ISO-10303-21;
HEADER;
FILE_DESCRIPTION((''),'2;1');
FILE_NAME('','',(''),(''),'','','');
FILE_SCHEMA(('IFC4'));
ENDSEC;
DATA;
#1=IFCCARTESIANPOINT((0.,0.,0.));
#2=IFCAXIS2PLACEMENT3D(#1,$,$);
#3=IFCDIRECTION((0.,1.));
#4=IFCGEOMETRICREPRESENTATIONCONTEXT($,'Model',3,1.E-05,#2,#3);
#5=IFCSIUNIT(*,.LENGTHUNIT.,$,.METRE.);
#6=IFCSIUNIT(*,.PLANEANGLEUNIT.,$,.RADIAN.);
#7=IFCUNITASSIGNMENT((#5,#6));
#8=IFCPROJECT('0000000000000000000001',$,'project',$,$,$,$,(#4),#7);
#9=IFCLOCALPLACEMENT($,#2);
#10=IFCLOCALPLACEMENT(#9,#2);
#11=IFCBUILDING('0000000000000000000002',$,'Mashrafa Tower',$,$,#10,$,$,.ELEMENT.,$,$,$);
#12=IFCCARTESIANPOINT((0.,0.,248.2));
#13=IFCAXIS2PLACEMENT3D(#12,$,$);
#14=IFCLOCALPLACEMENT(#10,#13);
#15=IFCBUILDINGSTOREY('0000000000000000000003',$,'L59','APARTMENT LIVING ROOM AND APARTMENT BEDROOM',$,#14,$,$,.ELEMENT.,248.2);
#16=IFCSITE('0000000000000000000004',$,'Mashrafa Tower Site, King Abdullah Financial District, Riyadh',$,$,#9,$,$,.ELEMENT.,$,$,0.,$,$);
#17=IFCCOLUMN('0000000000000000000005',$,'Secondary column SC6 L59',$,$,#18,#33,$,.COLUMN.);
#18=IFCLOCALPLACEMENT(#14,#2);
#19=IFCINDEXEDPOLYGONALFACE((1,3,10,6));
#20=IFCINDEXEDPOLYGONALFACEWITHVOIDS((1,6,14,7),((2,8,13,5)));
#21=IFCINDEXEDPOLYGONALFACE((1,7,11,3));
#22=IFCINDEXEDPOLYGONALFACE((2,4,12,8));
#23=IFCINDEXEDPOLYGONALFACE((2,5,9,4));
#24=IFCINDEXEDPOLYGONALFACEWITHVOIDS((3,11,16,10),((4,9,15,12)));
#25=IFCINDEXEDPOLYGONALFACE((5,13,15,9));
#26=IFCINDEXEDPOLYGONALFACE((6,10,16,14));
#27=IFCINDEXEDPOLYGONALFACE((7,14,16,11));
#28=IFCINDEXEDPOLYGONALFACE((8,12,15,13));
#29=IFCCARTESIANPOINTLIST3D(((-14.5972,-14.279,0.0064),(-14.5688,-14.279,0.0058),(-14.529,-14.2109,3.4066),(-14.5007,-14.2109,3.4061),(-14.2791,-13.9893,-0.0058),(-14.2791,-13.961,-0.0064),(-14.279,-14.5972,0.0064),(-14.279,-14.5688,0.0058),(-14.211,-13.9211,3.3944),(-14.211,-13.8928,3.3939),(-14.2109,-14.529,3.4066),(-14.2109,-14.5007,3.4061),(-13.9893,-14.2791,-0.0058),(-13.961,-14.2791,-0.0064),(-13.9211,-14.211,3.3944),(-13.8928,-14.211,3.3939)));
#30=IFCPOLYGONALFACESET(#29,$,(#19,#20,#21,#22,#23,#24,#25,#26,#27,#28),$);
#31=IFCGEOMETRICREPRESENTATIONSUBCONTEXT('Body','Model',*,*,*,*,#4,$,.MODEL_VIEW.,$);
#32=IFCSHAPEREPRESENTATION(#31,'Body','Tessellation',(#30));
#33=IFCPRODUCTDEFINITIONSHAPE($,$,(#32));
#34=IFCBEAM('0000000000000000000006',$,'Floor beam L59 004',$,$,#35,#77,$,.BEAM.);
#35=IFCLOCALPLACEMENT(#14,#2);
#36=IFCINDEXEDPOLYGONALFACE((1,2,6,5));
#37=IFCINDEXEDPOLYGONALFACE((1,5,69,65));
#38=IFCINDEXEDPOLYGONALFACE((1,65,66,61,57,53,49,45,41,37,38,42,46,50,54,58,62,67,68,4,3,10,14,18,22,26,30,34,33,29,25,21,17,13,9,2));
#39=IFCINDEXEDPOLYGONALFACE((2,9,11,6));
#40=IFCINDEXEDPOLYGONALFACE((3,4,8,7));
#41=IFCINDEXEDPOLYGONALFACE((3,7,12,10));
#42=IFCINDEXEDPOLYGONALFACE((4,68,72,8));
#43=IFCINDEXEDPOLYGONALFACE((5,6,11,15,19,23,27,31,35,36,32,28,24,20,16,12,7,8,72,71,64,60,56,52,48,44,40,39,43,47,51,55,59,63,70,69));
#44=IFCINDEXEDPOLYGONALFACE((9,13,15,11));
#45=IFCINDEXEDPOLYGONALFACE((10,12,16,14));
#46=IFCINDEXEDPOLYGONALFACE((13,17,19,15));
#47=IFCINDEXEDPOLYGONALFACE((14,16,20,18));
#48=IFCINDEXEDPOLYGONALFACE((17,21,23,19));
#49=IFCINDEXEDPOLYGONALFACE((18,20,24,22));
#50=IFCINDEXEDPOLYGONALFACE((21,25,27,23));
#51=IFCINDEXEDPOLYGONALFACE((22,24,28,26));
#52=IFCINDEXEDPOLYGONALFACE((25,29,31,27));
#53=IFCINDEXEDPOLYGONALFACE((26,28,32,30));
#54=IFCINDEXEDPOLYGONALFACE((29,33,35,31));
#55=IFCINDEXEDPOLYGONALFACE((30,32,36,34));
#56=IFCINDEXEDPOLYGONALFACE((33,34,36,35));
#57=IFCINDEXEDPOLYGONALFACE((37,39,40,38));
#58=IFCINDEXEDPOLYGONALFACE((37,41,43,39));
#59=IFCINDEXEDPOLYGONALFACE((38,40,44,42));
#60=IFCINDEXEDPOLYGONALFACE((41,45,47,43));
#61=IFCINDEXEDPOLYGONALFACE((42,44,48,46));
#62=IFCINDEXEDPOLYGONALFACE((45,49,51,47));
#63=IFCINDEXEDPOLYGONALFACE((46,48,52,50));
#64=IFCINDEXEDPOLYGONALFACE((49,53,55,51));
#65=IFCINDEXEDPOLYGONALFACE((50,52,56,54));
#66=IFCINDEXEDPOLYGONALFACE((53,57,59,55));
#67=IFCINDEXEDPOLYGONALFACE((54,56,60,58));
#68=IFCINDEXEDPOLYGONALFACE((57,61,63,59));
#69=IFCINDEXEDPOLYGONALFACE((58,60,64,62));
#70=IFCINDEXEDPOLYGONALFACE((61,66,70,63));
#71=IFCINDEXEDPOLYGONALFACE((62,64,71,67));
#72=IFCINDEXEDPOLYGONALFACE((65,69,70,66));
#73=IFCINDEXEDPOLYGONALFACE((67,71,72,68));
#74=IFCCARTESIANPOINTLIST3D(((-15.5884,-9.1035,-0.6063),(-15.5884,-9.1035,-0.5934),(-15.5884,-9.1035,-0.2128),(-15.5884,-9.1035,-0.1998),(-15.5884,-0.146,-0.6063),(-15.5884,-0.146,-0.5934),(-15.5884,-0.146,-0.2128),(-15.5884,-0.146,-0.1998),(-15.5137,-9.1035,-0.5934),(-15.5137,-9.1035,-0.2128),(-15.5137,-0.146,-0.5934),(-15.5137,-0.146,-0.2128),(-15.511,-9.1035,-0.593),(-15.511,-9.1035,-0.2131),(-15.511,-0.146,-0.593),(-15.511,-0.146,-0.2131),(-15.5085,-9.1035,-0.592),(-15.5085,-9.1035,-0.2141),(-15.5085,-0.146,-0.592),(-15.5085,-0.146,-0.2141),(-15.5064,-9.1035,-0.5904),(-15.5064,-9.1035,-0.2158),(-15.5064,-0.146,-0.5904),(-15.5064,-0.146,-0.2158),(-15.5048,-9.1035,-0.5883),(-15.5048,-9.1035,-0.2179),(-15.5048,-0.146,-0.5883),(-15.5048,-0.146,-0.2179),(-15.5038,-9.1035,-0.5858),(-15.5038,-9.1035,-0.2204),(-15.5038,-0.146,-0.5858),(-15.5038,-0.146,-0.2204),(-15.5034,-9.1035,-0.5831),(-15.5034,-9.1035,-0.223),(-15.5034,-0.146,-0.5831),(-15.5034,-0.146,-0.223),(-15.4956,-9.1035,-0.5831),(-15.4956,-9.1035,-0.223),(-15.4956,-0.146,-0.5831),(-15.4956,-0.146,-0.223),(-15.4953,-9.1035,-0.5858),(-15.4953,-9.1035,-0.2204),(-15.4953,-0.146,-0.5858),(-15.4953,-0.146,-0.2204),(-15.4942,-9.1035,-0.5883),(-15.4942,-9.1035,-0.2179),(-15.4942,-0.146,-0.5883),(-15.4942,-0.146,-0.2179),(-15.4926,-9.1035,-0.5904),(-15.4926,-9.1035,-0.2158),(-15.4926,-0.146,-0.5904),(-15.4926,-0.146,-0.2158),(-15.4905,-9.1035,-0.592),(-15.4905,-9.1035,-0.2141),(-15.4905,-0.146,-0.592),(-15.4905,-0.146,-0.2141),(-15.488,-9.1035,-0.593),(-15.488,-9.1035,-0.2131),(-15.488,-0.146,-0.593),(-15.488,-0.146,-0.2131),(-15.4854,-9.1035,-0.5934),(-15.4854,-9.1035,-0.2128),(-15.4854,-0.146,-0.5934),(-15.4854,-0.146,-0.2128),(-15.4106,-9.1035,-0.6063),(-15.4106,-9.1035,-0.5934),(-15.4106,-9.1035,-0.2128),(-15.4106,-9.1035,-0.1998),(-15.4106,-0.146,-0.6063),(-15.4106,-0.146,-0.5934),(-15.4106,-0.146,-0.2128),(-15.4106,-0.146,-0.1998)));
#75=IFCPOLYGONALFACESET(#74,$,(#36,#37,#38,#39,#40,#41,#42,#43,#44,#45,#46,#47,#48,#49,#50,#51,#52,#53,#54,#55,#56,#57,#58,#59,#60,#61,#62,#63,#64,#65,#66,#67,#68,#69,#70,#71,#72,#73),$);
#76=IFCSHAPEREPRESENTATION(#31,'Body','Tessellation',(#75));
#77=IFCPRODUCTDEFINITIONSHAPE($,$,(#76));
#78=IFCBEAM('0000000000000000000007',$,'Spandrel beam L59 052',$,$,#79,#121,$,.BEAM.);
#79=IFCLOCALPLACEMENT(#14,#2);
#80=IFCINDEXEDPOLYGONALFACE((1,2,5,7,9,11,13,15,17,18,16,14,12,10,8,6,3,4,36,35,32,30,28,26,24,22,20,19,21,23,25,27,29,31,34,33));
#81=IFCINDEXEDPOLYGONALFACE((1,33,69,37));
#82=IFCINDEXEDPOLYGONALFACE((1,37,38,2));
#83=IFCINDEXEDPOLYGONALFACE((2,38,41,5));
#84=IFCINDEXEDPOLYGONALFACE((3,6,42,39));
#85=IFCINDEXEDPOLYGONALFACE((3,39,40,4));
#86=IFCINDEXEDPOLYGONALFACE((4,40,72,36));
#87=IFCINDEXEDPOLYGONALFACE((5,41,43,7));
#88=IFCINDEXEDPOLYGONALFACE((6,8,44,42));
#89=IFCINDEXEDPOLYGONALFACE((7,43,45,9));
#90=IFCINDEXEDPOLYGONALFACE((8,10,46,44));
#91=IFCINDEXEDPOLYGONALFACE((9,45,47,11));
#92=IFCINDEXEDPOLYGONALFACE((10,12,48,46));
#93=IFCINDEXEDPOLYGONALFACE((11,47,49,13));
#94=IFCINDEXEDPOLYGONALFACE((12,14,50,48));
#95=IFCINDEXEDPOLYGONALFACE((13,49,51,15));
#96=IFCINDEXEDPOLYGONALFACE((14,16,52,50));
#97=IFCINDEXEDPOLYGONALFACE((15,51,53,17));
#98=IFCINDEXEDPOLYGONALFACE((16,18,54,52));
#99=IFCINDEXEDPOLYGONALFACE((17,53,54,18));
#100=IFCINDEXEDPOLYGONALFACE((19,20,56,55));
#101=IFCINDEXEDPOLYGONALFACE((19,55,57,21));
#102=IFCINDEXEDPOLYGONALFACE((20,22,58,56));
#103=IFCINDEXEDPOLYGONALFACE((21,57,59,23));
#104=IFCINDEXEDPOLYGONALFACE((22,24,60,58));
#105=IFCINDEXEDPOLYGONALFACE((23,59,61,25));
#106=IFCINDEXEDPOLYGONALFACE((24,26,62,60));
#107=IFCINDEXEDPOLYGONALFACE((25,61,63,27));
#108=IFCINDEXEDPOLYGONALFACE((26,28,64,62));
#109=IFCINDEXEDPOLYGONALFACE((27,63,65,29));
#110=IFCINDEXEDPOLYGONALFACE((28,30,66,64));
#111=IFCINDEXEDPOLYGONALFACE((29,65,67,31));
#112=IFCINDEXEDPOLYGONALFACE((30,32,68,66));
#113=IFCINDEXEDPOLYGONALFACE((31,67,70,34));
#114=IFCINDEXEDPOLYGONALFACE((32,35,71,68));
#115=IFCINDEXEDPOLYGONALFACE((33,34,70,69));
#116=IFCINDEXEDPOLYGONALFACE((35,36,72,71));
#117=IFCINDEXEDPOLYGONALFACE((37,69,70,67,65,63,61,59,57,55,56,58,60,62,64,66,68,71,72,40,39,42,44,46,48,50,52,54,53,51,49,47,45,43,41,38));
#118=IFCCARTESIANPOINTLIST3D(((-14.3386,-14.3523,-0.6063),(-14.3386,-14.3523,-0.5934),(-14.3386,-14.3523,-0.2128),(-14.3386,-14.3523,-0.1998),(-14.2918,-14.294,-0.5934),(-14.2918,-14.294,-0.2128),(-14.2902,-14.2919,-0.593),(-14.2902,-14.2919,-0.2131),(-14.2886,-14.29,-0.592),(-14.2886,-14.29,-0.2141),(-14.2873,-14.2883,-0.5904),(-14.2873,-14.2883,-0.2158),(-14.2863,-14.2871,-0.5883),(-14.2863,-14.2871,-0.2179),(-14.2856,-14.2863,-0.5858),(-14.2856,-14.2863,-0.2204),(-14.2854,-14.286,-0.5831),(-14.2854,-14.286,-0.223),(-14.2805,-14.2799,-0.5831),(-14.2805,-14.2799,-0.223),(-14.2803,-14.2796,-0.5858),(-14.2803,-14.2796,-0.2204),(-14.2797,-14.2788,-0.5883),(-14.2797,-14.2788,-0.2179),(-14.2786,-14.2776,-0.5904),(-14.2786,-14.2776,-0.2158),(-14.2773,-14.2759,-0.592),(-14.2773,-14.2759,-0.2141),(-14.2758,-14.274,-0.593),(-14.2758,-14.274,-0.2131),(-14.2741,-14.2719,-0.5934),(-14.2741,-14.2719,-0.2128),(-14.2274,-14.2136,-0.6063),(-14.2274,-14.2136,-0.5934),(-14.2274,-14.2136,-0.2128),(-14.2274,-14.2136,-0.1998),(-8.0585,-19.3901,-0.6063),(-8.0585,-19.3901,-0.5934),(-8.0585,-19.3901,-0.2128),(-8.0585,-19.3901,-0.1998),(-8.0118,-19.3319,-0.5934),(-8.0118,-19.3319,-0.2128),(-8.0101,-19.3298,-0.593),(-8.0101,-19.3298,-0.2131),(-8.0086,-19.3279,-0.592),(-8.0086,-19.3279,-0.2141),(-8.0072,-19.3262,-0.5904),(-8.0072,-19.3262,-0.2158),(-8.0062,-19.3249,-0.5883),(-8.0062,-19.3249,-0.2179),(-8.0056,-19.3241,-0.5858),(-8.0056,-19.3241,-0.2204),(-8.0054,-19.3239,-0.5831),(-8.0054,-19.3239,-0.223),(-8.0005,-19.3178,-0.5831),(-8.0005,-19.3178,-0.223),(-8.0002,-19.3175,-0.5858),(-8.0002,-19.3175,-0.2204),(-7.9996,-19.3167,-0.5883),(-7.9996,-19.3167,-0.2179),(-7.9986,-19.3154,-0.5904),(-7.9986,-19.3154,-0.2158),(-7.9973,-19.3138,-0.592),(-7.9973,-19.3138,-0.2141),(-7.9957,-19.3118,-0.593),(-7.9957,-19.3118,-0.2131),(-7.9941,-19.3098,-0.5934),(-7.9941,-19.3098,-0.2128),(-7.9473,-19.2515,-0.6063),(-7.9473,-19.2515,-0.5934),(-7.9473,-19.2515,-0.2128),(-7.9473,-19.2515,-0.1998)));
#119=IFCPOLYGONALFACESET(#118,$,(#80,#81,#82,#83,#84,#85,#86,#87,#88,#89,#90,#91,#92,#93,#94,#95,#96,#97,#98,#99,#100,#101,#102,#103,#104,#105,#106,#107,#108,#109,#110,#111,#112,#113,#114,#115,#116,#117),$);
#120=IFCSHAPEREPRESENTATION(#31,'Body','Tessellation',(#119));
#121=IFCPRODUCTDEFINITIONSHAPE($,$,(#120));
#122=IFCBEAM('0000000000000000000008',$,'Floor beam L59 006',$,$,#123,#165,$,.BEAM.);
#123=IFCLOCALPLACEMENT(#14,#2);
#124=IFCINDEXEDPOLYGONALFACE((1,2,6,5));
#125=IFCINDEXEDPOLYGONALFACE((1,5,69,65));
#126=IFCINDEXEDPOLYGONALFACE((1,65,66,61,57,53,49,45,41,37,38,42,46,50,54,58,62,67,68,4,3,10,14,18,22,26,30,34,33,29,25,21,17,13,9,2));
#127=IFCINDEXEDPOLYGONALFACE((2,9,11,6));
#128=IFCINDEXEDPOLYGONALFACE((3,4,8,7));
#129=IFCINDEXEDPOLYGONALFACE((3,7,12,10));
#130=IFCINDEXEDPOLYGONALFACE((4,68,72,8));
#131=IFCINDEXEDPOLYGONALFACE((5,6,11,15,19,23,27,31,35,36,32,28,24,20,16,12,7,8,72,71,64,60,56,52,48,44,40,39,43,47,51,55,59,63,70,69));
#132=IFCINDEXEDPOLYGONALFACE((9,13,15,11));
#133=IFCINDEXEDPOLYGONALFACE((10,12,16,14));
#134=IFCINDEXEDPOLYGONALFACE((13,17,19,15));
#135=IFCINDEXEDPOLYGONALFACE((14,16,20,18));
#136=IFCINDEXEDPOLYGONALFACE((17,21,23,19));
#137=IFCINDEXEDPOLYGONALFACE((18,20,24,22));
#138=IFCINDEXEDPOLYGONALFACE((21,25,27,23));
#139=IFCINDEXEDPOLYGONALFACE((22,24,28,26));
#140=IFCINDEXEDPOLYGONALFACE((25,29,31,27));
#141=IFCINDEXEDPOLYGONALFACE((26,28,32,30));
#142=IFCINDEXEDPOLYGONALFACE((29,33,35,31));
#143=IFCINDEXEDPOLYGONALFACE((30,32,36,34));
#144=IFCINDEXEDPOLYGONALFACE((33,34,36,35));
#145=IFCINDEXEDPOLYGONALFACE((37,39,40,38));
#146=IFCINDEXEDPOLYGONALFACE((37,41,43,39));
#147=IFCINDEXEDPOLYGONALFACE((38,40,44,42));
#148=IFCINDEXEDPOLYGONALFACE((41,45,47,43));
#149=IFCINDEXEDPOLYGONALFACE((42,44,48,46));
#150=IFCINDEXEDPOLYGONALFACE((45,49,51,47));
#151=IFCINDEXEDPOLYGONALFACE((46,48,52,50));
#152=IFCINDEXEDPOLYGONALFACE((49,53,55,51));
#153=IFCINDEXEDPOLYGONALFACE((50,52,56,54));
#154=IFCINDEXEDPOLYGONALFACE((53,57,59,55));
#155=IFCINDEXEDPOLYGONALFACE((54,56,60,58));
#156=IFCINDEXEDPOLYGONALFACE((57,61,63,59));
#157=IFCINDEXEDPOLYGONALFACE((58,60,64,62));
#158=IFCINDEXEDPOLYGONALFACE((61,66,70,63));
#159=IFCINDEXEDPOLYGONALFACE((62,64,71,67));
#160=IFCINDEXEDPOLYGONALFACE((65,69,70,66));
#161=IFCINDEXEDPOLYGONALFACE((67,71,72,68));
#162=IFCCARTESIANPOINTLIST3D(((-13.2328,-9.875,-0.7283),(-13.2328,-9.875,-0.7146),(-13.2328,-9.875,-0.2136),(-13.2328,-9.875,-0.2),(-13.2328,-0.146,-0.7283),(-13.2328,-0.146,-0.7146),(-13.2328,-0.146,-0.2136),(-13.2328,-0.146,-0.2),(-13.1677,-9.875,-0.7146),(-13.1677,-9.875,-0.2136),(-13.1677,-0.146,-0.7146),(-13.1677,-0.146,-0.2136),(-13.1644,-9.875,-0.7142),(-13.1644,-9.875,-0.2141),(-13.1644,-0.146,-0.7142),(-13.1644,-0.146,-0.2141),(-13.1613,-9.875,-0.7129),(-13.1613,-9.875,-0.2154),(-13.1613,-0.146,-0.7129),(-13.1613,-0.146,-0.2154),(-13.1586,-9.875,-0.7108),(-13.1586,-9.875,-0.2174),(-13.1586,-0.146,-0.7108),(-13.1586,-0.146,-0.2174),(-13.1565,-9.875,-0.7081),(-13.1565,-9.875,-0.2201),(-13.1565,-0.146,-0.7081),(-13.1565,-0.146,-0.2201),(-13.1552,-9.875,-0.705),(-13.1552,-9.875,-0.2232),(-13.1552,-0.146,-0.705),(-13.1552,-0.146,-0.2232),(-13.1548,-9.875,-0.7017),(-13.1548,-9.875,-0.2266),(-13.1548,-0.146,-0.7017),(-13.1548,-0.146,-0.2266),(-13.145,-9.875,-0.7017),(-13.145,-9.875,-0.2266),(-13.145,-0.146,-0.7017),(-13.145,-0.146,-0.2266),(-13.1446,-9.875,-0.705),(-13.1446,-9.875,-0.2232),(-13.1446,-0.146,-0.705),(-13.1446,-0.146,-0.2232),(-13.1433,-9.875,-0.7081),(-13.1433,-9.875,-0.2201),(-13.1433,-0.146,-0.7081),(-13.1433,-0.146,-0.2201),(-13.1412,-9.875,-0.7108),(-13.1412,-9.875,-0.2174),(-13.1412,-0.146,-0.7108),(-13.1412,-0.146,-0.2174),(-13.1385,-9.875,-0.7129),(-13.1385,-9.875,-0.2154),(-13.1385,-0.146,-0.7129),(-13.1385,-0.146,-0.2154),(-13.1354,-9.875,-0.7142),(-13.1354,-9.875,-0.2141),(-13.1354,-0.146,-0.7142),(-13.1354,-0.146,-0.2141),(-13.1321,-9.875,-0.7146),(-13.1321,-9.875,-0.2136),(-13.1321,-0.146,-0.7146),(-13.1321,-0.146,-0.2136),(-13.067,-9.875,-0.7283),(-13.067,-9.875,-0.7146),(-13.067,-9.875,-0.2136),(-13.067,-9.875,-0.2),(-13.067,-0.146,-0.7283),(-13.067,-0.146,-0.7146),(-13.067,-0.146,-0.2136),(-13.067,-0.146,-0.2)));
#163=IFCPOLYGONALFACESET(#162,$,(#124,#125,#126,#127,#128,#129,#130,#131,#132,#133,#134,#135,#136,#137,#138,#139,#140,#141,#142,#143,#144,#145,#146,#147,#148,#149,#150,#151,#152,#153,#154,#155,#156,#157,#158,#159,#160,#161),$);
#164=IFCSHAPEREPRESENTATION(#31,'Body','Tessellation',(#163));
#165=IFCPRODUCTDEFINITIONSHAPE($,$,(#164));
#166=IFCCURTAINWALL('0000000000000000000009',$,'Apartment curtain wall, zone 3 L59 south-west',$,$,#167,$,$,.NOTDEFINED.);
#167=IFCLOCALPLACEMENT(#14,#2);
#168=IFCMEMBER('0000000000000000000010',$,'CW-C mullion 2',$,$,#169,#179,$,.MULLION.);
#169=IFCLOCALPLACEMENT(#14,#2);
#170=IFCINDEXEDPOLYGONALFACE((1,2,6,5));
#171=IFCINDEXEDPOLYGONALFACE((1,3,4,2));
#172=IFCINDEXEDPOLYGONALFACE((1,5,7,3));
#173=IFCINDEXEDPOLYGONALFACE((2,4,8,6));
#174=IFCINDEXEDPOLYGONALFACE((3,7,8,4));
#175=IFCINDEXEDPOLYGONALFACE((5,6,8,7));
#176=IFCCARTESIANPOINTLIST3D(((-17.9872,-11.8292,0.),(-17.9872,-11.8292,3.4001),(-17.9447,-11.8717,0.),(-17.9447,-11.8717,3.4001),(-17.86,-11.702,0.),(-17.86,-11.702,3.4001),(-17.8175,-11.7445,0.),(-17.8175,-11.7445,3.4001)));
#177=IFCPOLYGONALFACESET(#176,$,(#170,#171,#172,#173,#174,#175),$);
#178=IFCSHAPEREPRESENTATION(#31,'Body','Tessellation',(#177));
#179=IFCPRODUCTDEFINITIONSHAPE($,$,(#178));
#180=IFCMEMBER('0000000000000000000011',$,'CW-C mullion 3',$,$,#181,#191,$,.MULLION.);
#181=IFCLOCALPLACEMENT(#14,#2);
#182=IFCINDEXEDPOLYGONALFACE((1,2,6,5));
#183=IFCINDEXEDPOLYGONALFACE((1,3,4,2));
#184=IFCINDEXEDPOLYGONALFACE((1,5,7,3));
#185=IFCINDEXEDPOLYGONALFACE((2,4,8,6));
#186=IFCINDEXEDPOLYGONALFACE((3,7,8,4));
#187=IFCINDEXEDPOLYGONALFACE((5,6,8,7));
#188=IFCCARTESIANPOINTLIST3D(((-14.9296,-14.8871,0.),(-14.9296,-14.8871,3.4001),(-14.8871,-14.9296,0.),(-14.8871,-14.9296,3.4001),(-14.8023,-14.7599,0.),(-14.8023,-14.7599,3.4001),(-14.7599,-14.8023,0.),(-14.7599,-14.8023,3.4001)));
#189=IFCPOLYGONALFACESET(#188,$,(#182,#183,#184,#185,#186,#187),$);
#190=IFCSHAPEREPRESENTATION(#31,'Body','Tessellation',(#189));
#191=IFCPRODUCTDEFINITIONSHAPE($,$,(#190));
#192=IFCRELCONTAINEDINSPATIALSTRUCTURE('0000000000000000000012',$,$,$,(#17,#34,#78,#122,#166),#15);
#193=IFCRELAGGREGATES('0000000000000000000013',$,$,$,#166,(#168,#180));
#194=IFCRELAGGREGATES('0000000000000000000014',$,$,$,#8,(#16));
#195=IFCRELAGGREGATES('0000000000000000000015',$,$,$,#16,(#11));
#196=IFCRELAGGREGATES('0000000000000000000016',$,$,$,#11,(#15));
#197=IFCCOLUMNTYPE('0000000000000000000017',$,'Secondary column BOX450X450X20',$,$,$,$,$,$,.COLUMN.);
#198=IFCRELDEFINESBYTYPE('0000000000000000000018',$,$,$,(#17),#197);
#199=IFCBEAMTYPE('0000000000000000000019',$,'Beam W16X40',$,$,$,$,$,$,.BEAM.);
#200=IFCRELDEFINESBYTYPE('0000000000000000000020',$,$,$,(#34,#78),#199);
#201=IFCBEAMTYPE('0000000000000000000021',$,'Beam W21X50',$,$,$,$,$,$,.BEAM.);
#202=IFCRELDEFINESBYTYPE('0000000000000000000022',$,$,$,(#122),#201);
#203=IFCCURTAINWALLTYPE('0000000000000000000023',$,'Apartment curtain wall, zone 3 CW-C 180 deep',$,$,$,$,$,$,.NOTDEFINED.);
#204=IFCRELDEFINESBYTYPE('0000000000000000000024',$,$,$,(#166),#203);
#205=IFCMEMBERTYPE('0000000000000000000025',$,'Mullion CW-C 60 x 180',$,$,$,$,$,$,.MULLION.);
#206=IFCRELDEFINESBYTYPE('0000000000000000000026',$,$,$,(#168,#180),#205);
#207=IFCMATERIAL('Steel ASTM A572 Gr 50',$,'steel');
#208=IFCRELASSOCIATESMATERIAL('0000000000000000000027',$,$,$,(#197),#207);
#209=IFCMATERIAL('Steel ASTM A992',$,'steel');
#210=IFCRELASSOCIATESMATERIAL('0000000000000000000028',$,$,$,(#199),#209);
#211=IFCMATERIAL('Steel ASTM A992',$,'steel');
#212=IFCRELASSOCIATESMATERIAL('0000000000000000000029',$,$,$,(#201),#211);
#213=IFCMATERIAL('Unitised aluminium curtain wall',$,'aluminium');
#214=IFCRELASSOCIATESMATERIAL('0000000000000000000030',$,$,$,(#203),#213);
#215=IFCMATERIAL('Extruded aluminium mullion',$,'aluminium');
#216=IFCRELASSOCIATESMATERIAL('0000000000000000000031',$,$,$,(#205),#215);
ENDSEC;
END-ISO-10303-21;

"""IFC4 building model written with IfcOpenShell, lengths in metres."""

from ifc_helpers import new_model, si_unit, direction, frame, origin, origin_2d, place, context, subcontext, project, spatial, rectangle, hollow_rectangle, i_section, extrude, source, transform, mapped, material, material_profile, profile_set, type_object, type_shapes, element, aggregate, save


model = new_model("IFC4")

# Units and contexts
model_context = context("Model", 3, precision=1e-05, world=origin(), true_north=direction((0.0, 1.0)))
body_context = subcontext(model_context, "Body", "Model", "MODEL_VIEW")
ifc_project = project(units=[si_unit("LENGTHUNIT", "METRE"), si_unit("PLANEANGLEUNIT", "RADIAN")], contexts=[model_context])

# Site, building, storey
site_placement = place(None, origin())
site = spatial("IfcSite", under=ifc_project, at=site_placement, Name="Mashrafa Tower Site, King Abdullah Financial District, Riyadh", CompositionType="ELEMENT", RefElevation=0.0)
building_placement = place(site_placement, origin())
building = spatial("IfcBuilding", under=site, at=building_placement, Name="Mashrafa Tower", CompositionType="ELEMENT")
storey_placement = place(building_placement, frame((0.0, 0.0, 248.2)))
storey = spatial("IfcBuildingStorey", under=building, at=storey_placement, Name="L59", Description="APARTMENT LIVING ROOM AND APARTMENT BEDROOM", CompositionType="ELEMENT", Elevation=248.2)

# Column
ifc_material_1 = material(Name="Steel ASTM A572 Gr 50", Category="steel")
ifc_material_profile_1 = material_profile(ifc_material_1, hollow_rectangle(XDim=0.45, YDim=0.45, WallThickness=0.02, at=origin_2d()), Name="BOX450X450X20")
ifc_profile_set_1 = profile_set([ifc_material_profile_1], Name="Steel ASTM A572 Gr 50")
column_type = type_object("IfcColumnType", Name="Secondary column BOX450X450X20", PredefinedType="COLUMN", material=ifc_profile_set_1)
column_placement = place(storey_placement, frame((-14.2791, -14.2791, 0.0), z_axis=(0.020025, 0.020025, 0.999599), x_axis=(-0.707107, 0.707107, 0.0)))
element("IfcColumn", 1, at=column_placement, inside=storey, type_object=column_type, Name="Secondary column SC6 L59", PredefinedType="COLUMN", context=body_context, shape_type="SweptSolid", body=[
    extrude(hollow_rectangle(XDim=0.45, YDim=0.45, WallThickness=0.02, at=origin_2d()), origin(), (0.0, 0.0, 1.0), 3.4016),
])

# Beams
ifc_material_2 = material(Name="Steel ASTM A992", Category="steel")
ifc_material_profile_2 = material_profile(ifc_material_2, i_section(OverallWidth=0.1777, OverallDepth=0.4065, WebThickness=0.0078, FlangeThickness=0.0129, FilletRadius=0.0103, at=origin_2d()), Name="W16X40")
ifc_profile_set_2 = profile_set([ifc_material_profile_2], Name="Steel ASTM A992")
beam_type_1 = type_object("IfcBeamType", Name="Beam W16X40", PredefinedType="BEAM", material=ifc_profile_set_2)
beam_1_placement = place(storey_placement, frame((-15.4995, -9.1035, -0.4031), z_axis=(0.0, 1.0, 0.0), x_axis=(-1.0, 0.0, 0.0)))
element("IfcBeam", 2, at=beam_1_placement, inside=storey, type_object=beam_type_1, Name="Floor beam L59 004", PredefinedType="BEAM", context=body_context, shape_type="SweptSolid", body=[
    extrude(i_section(OverallWidth=0.1777, OverallDepth=0.4065, WebThickness=0.0078, FlangeThickness=0.0129, FilletRadius=0.0103, at=origin_2d()), origin(), (0.0, 0.0, 1.0), 8.9575),
])
beam_2_placement = place(storey_placement, frame((-14.283, -14.283, -0.4031), z_axis=(0.780031, -0.625741, 0.0), x_axis=(0.625741, 0.780031, 0.0)))
element("IfcBeam", 3, at=beam_2_placement, inside=storey, type_object=beam_type_1, Name="Spandrel beam L59 052", PredefinedType="BEAM", context=body_context, shape_type="SweptSolid", body=[
    extrude(i_section(OverallWidth=0.1777, OverallDepth=0.4065, WebThickness=0.0078, FlangeThickness=0.0129, FilletRadius=0.0103, at=origin_2d()), origin(), (0.0, 0.0, 1.0), 8.051),
])
ifc_material_3 = material(Name="Steel ASTM A992", Category="steel")
ifc_material_profile_3 = material_profile(ifc_material_3, i_section(OverallWidth=0.1658, OverallDepth=0.5283, WebThickness=0.0098, FlangeThickness=0.0137, FilletRadius=0.0129, at=origin_2d()), Name="W21X50")
ifc_profile_set_3 = profile_set([ifc_material_profile_3], Name="Steel ASTM A992")
beam_type_2 = type_object("IfcBeamType", Name="Beam W21X50", PredefinedType="BEAM", material=ifc_profile_set_3)
beam_3_placement = place(storey_placement, frame((-13.1499, -9.875, -0.4641), z_axis=(0.0, 1.0, 0.0), x_axis=(-1.0, 0.0, 0.0)))
element("IfcBeam", 4, at=beam_3_placement, inside=storey, type_object=beam_type_2, Name="Floor beam L59 006", PredefinedType="BEAM", context=body_context, shape_type="SweptSolid", body=[
    extrude(i_section(OverallWidth=0.1658, OverallDepth=0.5283, WebThickness=0.0098, FlangeThickness=0.0137, FilletRadius=0.0129, at=origin_2d()), origin(), (0.0, 0.0, 1.0), 9.729),
])

# Curtain wall, members
ifc_material_4 = material(Name="Unitised aluminium curtain wall", Category="aluminium")
curtain_wall_type = type_object("IfcCurtainWallType", Name="Apartment curtain wall, zone 3 CW-C 180 deep", PredefinedType="NOTDEFINED", material=ifc_material_4)
curtain_wall_placement = place(storey_placement, origin())
curtain_wall = element("IfcCurtainWall", 5, at=curtain_wall_placement, inside=storey, type_object=curtain_wall_type, Name="Apartment curtain wall, zone 3 L59 south-west", PredefinedType="NOTDEFINED")
ifc_material_5 = material(Name="Extruded aluminium mullion", Category="aluminium")
ifc_material_profile_4 = material_profile(ifc_material_5, rectangle(XDim=0.1799, YDim=0.0601, at=origin_2d()), Name="Mullion 60x180")
ifc_profile_set_4 = profile_set([ifc_material_profile_4], Name="Extruded aluminium mullion")
member_type_1 = type_object("IfcMemberType", Name="Mullion CW-C 60 x 180", PredefinedType="MULLION", material=ifc_profile_set_4)
shared_shape_1 = source(origin(), body_context, "Body", "SweptSolid", [
    extrude(rectangle(XDim=0.1799, YDim=0.0601, at=origin_2d()), origin(), (0.0, 0.0, 1.0), 3.4001),
])
type_shapes(member_type_1, [shared_shape_1])
member_1_placement = place(storey_placement, frame((-17.9023, -11.7869, 0.0), z_axis=(0.0, 0.0, 1.0), x_axis=(0.707107, 0.707107, 0.0)))
member_1 = element("IfcMember", 6, at=member_1_placement, type_object=member_type_1, Name="CW-C mullion 2", PredefinedType="MULLION", context=body_context, shape_type="MappedRepresentation", body=[
    mapped(shared_shape_1, transform((0.0, 0.0, 0.0))),
])
member_2_placement = place(storey_placement, frame((-14.8447, -14.8447, 0.0), z_axis=(0.0, 0.0, 1.0), x_axis=(0.707107, 0.707107, 0.0)))
member_2 = element("IfcMember", 7, at=member_2_placement, type_object=member_type_1, Name="CW-C mullion 3", PredefinedType="MULLION", context=body_context, shape_type="MappedRepresentation", body=[
    mapped(shared_shape_1, transform((0.0, 0.0, 0.0))),
])
aggregate(curtain_wall, [member_1, member_2])

save(model, "model.ifc")
